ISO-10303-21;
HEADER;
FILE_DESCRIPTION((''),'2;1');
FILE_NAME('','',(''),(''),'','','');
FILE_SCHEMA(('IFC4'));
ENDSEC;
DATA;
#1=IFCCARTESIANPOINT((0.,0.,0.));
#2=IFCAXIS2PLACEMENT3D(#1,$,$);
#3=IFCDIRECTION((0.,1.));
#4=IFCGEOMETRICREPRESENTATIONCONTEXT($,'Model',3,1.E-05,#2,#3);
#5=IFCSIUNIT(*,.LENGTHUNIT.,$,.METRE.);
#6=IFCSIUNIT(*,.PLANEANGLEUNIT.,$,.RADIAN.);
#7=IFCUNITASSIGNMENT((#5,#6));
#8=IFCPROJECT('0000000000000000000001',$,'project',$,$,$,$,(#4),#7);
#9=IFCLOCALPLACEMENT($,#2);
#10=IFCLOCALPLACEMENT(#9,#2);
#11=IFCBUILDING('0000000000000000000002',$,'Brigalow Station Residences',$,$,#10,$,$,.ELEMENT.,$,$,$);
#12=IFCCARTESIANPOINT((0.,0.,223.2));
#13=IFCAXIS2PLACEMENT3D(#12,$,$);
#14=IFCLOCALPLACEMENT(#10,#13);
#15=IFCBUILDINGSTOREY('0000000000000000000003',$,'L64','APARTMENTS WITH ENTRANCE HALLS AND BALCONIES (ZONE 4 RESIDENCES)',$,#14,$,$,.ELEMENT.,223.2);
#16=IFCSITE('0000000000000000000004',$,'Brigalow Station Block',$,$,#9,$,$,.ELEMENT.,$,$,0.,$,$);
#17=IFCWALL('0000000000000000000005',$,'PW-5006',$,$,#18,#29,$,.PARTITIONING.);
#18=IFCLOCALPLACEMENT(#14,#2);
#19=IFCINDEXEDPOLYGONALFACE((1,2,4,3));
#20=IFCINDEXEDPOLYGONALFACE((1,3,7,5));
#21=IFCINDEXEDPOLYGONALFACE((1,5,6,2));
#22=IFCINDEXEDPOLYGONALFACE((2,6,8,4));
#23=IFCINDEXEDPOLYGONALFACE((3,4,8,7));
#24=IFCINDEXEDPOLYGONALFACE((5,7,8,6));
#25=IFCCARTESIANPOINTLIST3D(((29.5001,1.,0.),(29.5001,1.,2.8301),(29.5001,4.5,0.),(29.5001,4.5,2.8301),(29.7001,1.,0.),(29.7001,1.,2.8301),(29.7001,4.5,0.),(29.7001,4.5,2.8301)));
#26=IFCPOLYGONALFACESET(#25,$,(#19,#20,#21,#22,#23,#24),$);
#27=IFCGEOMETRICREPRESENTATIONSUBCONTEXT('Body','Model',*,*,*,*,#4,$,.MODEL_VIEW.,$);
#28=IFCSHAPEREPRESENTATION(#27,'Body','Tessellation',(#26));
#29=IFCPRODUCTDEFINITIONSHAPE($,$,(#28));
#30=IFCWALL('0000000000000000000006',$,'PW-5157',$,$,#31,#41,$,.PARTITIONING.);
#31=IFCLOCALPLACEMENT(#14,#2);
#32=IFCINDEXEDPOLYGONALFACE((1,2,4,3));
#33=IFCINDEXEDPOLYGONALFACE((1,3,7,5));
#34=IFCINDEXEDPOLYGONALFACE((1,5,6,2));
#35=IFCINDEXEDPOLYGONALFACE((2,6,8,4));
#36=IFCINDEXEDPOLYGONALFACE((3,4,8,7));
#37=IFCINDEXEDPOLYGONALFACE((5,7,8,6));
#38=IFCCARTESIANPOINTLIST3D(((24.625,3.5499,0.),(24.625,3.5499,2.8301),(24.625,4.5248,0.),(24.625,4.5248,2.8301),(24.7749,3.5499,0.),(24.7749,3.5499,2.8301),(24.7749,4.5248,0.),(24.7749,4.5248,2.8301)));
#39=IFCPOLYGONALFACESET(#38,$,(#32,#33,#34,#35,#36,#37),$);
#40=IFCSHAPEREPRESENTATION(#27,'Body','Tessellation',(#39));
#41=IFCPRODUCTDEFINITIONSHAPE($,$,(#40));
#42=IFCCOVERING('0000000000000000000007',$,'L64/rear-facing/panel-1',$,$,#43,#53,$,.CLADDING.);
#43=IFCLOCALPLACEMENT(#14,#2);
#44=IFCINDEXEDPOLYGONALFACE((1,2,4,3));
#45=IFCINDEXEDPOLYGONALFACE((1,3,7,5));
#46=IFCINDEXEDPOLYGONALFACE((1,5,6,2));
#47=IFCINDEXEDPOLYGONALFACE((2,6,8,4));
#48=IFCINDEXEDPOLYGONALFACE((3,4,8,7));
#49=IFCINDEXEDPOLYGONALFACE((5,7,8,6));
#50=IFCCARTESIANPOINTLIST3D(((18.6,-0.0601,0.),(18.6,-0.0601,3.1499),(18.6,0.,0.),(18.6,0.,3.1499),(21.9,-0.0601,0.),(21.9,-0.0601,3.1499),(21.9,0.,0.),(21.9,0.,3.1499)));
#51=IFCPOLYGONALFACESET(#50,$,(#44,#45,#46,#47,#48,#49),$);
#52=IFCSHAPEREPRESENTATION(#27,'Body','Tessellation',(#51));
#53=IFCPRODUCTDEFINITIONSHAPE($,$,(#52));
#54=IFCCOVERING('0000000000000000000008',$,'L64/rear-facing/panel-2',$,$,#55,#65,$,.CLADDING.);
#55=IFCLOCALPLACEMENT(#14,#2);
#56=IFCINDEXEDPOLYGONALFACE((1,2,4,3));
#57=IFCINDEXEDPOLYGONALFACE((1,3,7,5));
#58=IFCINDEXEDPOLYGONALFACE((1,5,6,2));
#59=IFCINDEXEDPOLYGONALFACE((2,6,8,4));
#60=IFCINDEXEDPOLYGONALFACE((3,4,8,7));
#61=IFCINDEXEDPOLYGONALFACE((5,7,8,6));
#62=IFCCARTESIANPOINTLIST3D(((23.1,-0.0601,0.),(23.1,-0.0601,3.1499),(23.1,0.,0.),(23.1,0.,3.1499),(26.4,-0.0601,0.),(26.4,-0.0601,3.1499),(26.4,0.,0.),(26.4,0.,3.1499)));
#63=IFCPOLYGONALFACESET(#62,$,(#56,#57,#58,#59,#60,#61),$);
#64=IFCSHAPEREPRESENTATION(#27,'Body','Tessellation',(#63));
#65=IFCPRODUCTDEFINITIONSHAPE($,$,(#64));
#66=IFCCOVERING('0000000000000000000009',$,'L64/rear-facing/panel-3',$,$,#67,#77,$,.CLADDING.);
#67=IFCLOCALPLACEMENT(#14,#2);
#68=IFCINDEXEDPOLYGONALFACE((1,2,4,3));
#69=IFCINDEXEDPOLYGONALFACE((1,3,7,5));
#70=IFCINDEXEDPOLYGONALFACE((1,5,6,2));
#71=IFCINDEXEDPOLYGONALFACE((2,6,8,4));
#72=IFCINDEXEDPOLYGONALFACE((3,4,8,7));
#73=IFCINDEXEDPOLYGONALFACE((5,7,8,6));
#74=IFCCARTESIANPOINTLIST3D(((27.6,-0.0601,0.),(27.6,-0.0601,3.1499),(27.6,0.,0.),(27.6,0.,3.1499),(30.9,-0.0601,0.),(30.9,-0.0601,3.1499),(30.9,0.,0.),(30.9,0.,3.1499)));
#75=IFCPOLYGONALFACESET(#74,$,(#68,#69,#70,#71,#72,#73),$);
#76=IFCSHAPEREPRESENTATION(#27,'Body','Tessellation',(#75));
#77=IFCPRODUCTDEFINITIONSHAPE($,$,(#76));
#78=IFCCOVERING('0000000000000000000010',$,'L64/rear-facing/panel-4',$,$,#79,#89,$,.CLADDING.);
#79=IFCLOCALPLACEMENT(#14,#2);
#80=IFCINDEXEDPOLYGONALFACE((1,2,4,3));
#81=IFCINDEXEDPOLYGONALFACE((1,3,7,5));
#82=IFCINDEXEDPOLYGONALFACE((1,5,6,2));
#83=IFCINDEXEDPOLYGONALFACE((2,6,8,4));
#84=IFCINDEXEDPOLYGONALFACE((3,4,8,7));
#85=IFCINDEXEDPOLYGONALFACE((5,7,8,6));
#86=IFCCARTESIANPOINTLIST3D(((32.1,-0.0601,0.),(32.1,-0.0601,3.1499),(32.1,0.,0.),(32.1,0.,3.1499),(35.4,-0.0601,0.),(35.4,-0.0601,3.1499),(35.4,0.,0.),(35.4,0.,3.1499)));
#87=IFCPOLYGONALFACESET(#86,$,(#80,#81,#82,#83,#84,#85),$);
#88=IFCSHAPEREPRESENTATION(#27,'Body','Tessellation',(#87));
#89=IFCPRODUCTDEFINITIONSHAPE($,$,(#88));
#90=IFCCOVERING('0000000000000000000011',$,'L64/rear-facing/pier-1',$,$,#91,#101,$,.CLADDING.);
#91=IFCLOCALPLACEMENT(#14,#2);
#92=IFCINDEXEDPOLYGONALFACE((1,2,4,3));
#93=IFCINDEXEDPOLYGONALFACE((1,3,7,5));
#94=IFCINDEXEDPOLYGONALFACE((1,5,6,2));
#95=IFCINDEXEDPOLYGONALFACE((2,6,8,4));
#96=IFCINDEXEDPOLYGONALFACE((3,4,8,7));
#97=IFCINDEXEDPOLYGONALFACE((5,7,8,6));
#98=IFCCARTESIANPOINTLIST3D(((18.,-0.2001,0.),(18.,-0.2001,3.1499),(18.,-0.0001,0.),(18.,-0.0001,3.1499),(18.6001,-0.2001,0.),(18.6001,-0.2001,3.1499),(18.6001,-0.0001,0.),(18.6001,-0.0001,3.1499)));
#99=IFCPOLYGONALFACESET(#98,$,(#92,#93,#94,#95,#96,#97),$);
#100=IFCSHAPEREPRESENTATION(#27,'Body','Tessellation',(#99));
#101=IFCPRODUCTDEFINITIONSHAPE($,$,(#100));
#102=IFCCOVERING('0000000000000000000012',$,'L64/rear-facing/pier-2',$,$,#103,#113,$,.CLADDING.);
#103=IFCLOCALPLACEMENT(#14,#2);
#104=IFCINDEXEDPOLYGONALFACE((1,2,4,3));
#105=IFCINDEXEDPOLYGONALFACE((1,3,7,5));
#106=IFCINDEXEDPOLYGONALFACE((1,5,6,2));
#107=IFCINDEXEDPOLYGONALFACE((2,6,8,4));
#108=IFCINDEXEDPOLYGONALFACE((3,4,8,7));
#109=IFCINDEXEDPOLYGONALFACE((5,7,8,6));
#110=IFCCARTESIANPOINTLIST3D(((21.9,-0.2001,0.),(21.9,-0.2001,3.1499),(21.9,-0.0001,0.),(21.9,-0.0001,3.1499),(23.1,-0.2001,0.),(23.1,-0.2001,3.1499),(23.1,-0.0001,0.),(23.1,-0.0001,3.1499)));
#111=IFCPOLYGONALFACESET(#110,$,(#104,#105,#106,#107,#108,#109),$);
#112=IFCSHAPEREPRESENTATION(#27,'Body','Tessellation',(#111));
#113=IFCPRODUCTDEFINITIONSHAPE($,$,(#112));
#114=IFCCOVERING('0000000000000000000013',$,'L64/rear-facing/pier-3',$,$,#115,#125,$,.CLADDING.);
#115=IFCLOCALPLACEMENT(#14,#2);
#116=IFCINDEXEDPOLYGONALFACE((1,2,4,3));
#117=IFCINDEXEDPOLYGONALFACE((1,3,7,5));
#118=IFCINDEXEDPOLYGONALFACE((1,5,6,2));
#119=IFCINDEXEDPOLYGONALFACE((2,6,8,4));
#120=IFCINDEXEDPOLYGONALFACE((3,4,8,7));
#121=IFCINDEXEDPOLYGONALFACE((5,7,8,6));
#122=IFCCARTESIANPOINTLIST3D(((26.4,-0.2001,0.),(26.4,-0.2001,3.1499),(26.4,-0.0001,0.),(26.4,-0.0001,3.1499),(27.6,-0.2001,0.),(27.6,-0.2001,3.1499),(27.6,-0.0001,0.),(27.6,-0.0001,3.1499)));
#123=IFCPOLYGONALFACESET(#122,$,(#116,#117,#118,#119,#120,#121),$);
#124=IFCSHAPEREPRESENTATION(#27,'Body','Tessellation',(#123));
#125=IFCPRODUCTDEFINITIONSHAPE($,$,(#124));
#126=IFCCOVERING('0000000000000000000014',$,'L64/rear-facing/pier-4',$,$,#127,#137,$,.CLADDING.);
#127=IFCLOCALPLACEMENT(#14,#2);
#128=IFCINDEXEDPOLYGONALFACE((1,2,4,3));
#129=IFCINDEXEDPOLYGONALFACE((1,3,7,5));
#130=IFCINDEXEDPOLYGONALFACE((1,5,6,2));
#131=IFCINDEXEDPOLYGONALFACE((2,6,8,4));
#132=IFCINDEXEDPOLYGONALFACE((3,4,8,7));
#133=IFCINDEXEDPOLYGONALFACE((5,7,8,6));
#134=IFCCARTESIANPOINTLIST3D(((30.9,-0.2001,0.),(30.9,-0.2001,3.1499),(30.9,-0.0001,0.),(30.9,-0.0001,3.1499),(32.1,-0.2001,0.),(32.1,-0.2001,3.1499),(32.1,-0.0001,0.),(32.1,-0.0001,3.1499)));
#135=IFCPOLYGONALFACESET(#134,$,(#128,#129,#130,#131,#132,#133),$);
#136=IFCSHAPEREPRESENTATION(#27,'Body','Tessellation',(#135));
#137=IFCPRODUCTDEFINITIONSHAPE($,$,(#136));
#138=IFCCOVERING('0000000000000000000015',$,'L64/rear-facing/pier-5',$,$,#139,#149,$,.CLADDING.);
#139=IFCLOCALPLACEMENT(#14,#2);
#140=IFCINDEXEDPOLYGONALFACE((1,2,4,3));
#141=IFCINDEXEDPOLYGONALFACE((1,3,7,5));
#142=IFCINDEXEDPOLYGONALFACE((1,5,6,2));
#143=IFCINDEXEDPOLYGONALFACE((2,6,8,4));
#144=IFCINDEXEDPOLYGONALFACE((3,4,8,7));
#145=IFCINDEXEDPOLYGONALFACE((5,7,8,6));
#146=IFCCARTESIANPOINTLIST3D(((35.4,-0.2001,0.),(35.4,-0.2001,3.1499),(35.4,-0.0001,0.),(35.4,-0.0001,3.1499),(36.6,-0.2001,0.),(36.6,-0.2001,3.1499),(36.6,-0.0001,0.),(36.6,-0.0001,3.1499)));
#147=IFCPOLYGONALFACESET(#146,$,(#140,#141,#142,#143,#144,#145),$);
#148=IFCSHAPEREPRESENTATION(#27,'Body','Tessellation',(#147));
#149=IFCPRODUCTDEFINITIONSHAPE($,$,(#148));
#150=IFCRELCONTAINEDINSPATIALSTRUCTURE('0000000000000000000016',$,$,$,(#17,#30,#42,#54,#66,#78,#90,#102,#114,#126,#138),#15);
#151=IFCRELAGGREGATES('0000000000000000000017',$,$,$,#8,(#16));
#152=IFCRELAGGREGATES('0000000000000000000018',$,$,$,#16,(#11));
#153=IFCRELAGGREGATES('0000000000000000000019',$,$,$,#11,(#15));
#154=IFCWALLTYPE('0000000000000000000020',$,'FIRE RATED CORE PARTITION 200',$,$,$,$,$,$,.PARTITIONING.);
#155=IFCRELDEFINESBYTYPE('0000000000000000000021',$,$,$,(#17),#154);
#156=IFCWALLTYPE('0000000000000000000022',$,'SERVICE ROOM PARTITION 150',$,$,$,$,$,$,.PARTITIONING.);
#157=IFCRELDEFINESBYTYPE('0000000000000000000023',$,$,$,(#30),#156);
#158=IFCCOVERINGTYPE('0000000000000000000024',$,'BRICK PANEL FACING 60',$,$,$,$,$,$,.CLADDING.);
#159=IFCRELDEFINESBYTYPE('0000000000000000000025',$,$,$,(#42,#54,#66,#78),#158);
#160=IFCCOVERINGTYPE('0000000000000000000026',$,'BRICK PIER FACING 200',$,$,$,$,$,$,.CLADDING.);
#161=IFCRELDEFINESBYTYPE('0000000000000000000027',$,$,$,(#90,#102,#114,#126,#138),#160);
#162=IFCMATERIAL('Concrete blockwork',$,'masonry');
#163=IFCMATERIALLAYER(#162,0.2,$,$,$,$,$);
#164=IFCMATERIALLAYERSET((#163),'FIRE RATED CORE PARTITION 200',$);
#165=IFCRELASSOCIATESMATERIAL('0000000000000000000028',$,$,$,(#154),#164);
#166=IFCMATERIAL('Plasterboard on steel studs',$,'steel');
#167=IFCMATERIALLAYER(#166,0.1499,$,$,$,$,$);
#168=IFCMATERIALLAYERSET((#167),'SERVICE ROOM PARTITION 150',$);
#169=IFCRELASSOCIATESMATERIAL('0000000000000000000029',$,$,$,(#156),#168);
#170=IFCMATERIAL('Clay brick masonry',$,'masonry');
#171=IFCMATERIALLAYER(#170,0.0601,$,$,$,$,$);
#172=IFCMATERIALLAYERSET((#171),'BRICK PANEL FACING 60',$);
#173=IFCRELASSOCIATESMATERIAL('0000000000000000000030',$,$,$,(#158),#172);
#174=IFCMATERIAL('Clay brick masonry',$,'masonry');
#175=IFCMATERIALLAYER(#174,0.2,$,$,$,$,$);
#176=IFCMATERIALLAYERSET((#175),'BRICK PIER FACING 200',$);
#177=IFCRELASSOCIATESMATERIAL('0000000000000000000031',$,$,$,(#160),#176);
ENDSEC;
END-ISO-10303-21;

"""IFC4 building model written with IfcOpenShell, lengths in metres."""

from ifc_helpers import new_model, si_unit, direction, frame, frame_2d, origin, origin_2d, place, context, subcontext, project, spatial, rectangle, extrude, material, layer, layer_set, type_object, element, save


model = new_model("IFC4")

# Units and contexts
model_context = context("Model", 3, precision=1e-05, world=origin(), true_north=direction((0.0, 1.0)))
body_context = subcontext(model_context, "Body", "Model", "MODEL_VIEW")
ifc_project = project(units=[si_unit("LENGTHUNIT", "METRE"), si_unit("PLANEANGLEUNIT", "RADIAN")], contexts=[model_context])

# Site, building, storey
site_placement = place(None, origin())
site = spatial("IfcSite", under=ifc_project, at=site_placement, Name="Brigalow Station Block", CompositionType="ELEMENT", RefElevation=0.0)
building_placement = place(site_placement, origin())
building = spatial("IfcBuilding", under=site, at=building_placement, Name="Brigalow Station Residences", CompositionType="ELEMENT")
storey_placement = place(building_placement, frame((0.0, 0.0, 223.2)))
storey = spatial("IfcBuildingStorey", under=building, at=storey_placement, Name="L64", Description="APARTMENTS WITH ENTRANCE HALLS AND BALCONIES (ZONE 4 RESIDENCES)", CompositionType="ELEMENT", Elevation=223.2)

# Walls
ifc_material_1 = material(Name="Concrete blockwork", Category="masonry")
ifc_layer_1 = layer(ifc_material_1, 0.2)
ifc_layer_set_1 = layer_set([ifc_layer_1], Name="FIRE RATED CORE PARTITION 200")
wall_type_1 = type_object("IfcWallType", Name="FIRE RATED CORE PARTITION 200", PredefinedType="PARTITIONING", material=ifc_layer_set_1)
wall_1_placement = place(storey_placement, frame((29.6001, 1.0, 0.0), z_axis=(0.0, 0.0, 1.0), x_axis=(0.0, 1.0, 0.0)))
element("IfcWall", 1, at=wall_1_placement, inside=storey, type_object=wall_type_1, Name="PW-5006", PredefinedType="PARTITIONING", context=body_context, shape_type="SweptSolid", body=[
    extrude(rectangle(XDim=3.5, YDim=0.2, at=frame_2d((1.75, 0.0))), origin(), (0.0, 0.0, 1.0), 2.8301),
])
ifc_material_2 = material(Name="Plasterboard on steel studs", Category="steel")
ifc_layer_2 = layer(ifc_material_2, 0.1499)
ifc_layer_set_2 = layer_set([ifc_layer_2], Name="SERVICE ROOM PARTITION 150")
wall_type_2 = type_object("IfcWallType", Name="SERVICE ROOM PARTITION 150", PredefinedType="PARTITIONING", material=ifc_layer_set_2)
wall_2_placement = place(storey_placement, frame((24.7, 3.55, 0.0), z_axis=(0.0, 0.0, 1.0), x_axis=(0.0, 1.0, 0.0)))
element("IfcWall", 2, at=wall_2_placement, inside=storey, type_object=wall_type_2, Name="PW-5157", PredefinedType="PARTITIONING", context=body_context, shape_type="SweptSolid", body=[
    extrude(rectangle(XDim=0.9749, YDim=0.1499, at=frame_2d((0.4873, 0.0))), origin(), (0.0, 0.0, 1.0), 2.8301),
])

# Coverings
ifc_material_3 = material(Name="Clay brick masonry", Category="masonry")
ifc_layer_3 = layer(ifc_material_3, 0.0601)
ifc_layer_set_3 = layer_set([ifc_layer_3], Name="BRICK PANEL FACING 60")
covering_type_1 = type_object("IfcCoveringType", Name="BRICK PANEL FACING 60", PredefinedType="CLADDING", material=ifc_layer_set_3)
for number, where, z_axis, x_axis, name in (
    (3, (20.25, -0.03, 0.0), (0.0, 0.0, 1.0), (1.0, 0.0, 0.0), "L64/rear-facing/panel-1"),
    (4, (24.75, -0.03, 0.0), (0.0, 0.0, 1.0), (1.0, 0.0, 0.0), "L64/rear-facing/panel-2"),
    (5, (29.25, -0.03, 0.0), (0.0, 0.0, 1.0), (1.0, 0.0, 0.0), "L64/rear-facing/panel-3"),
    (6, (33.75, -0.03, 0.0), (0.0, 0.0, 1.0), (1.0, 0.0, 0.0), "L64/rear-facing/panel-4"),
):
    element("IfcCovering", number, at=place(storey_placement, frame(where, z_axis=z_axis, x_axis=x_axis)), inside=storey, type_object=covering_type_1, Name=name, PredefinedType="CLADDING", context=body_context, shape_type="SweptSolid", body=[
        extrude(rectangle(XDim=3.3, YDim=0.0601, at=origin_2d()), origin(), (0.0, 0.0, 1.0), 3.1499),
    ])
ifc_material_4 = material(Name="Clay brick masonry", Category="masonry")
ifc_layer_4 = layer(ifc_material_4, 0.2)
ifc_layer_set_4 = layer_set([ifc_layer_4], Name="BRICK PIER FACING 200")
covering_type_2 = type_object("IfcCoveringType", Name="BRICK PIER FACING 200", PredefinedType="CLADDING", material=ifc_layer_set_4)
covering_placement = place(storey_placement, frame((18.3, -0.1001, 0.0), z_axis=(0.0, 0.0, 1.0), x_axis=(1.0, 0.0, 0.0)))
element("IfcCovering", 7, at=covering_placement, inside=storey, type_object=covering_type_2, Name="L64/rear-facing/pier-1", PredefinedType="CLADDING", context=body_context, shape_type="SweptSolid", body=[
    extrude(rectangle(XDim=0.6001, YDim=0.2, at=origin_2d()), origin(), (0.0, 0.0, 1.0), 3.1499),
])
for number, where, z_axis, x_axis, name in (
    (8, (22.5, -0.1001, 0.0), (0.0, 0.0, 1.0), (1.0, 0.0, 0.0), "L64/rear-facing/pier-2"),
    (9, (27.0, -0.1001, 0.0), (0.0, 0.0, 1.0), (1.0, 0.0, 0.0), "L64/rear-facing/pier-3"),
    (10, (31.5, -0.1001, 0.0), (0.0, 0.0, 1.0), (1.0, 0.0, 0.0), "L64/rear-facing/pier-4"),
    (11, (36.0, -0.1001, 0.0), (0.0, 0.0, 1.0), (1.0, 0.0, 0.0), "L64/rear-facing/pier-5"),
):
    element("IfcCovering", number, at=place(storey_placement, frame(where, z_axis=z_axis, x_axis=x_axis)), inside=storey, type_object=covering_type_2, Name=name, PredefinedType="CLADDING", context=body_context, shape_type="SweptSolid", body=[
        extrude(rectangle(XDim=1.2, YDim=0.2, at=origin_2d()), origin(), (0.0, 0.0, 1.0), 3.1499),
    ])

save(model, "model.ifc")
